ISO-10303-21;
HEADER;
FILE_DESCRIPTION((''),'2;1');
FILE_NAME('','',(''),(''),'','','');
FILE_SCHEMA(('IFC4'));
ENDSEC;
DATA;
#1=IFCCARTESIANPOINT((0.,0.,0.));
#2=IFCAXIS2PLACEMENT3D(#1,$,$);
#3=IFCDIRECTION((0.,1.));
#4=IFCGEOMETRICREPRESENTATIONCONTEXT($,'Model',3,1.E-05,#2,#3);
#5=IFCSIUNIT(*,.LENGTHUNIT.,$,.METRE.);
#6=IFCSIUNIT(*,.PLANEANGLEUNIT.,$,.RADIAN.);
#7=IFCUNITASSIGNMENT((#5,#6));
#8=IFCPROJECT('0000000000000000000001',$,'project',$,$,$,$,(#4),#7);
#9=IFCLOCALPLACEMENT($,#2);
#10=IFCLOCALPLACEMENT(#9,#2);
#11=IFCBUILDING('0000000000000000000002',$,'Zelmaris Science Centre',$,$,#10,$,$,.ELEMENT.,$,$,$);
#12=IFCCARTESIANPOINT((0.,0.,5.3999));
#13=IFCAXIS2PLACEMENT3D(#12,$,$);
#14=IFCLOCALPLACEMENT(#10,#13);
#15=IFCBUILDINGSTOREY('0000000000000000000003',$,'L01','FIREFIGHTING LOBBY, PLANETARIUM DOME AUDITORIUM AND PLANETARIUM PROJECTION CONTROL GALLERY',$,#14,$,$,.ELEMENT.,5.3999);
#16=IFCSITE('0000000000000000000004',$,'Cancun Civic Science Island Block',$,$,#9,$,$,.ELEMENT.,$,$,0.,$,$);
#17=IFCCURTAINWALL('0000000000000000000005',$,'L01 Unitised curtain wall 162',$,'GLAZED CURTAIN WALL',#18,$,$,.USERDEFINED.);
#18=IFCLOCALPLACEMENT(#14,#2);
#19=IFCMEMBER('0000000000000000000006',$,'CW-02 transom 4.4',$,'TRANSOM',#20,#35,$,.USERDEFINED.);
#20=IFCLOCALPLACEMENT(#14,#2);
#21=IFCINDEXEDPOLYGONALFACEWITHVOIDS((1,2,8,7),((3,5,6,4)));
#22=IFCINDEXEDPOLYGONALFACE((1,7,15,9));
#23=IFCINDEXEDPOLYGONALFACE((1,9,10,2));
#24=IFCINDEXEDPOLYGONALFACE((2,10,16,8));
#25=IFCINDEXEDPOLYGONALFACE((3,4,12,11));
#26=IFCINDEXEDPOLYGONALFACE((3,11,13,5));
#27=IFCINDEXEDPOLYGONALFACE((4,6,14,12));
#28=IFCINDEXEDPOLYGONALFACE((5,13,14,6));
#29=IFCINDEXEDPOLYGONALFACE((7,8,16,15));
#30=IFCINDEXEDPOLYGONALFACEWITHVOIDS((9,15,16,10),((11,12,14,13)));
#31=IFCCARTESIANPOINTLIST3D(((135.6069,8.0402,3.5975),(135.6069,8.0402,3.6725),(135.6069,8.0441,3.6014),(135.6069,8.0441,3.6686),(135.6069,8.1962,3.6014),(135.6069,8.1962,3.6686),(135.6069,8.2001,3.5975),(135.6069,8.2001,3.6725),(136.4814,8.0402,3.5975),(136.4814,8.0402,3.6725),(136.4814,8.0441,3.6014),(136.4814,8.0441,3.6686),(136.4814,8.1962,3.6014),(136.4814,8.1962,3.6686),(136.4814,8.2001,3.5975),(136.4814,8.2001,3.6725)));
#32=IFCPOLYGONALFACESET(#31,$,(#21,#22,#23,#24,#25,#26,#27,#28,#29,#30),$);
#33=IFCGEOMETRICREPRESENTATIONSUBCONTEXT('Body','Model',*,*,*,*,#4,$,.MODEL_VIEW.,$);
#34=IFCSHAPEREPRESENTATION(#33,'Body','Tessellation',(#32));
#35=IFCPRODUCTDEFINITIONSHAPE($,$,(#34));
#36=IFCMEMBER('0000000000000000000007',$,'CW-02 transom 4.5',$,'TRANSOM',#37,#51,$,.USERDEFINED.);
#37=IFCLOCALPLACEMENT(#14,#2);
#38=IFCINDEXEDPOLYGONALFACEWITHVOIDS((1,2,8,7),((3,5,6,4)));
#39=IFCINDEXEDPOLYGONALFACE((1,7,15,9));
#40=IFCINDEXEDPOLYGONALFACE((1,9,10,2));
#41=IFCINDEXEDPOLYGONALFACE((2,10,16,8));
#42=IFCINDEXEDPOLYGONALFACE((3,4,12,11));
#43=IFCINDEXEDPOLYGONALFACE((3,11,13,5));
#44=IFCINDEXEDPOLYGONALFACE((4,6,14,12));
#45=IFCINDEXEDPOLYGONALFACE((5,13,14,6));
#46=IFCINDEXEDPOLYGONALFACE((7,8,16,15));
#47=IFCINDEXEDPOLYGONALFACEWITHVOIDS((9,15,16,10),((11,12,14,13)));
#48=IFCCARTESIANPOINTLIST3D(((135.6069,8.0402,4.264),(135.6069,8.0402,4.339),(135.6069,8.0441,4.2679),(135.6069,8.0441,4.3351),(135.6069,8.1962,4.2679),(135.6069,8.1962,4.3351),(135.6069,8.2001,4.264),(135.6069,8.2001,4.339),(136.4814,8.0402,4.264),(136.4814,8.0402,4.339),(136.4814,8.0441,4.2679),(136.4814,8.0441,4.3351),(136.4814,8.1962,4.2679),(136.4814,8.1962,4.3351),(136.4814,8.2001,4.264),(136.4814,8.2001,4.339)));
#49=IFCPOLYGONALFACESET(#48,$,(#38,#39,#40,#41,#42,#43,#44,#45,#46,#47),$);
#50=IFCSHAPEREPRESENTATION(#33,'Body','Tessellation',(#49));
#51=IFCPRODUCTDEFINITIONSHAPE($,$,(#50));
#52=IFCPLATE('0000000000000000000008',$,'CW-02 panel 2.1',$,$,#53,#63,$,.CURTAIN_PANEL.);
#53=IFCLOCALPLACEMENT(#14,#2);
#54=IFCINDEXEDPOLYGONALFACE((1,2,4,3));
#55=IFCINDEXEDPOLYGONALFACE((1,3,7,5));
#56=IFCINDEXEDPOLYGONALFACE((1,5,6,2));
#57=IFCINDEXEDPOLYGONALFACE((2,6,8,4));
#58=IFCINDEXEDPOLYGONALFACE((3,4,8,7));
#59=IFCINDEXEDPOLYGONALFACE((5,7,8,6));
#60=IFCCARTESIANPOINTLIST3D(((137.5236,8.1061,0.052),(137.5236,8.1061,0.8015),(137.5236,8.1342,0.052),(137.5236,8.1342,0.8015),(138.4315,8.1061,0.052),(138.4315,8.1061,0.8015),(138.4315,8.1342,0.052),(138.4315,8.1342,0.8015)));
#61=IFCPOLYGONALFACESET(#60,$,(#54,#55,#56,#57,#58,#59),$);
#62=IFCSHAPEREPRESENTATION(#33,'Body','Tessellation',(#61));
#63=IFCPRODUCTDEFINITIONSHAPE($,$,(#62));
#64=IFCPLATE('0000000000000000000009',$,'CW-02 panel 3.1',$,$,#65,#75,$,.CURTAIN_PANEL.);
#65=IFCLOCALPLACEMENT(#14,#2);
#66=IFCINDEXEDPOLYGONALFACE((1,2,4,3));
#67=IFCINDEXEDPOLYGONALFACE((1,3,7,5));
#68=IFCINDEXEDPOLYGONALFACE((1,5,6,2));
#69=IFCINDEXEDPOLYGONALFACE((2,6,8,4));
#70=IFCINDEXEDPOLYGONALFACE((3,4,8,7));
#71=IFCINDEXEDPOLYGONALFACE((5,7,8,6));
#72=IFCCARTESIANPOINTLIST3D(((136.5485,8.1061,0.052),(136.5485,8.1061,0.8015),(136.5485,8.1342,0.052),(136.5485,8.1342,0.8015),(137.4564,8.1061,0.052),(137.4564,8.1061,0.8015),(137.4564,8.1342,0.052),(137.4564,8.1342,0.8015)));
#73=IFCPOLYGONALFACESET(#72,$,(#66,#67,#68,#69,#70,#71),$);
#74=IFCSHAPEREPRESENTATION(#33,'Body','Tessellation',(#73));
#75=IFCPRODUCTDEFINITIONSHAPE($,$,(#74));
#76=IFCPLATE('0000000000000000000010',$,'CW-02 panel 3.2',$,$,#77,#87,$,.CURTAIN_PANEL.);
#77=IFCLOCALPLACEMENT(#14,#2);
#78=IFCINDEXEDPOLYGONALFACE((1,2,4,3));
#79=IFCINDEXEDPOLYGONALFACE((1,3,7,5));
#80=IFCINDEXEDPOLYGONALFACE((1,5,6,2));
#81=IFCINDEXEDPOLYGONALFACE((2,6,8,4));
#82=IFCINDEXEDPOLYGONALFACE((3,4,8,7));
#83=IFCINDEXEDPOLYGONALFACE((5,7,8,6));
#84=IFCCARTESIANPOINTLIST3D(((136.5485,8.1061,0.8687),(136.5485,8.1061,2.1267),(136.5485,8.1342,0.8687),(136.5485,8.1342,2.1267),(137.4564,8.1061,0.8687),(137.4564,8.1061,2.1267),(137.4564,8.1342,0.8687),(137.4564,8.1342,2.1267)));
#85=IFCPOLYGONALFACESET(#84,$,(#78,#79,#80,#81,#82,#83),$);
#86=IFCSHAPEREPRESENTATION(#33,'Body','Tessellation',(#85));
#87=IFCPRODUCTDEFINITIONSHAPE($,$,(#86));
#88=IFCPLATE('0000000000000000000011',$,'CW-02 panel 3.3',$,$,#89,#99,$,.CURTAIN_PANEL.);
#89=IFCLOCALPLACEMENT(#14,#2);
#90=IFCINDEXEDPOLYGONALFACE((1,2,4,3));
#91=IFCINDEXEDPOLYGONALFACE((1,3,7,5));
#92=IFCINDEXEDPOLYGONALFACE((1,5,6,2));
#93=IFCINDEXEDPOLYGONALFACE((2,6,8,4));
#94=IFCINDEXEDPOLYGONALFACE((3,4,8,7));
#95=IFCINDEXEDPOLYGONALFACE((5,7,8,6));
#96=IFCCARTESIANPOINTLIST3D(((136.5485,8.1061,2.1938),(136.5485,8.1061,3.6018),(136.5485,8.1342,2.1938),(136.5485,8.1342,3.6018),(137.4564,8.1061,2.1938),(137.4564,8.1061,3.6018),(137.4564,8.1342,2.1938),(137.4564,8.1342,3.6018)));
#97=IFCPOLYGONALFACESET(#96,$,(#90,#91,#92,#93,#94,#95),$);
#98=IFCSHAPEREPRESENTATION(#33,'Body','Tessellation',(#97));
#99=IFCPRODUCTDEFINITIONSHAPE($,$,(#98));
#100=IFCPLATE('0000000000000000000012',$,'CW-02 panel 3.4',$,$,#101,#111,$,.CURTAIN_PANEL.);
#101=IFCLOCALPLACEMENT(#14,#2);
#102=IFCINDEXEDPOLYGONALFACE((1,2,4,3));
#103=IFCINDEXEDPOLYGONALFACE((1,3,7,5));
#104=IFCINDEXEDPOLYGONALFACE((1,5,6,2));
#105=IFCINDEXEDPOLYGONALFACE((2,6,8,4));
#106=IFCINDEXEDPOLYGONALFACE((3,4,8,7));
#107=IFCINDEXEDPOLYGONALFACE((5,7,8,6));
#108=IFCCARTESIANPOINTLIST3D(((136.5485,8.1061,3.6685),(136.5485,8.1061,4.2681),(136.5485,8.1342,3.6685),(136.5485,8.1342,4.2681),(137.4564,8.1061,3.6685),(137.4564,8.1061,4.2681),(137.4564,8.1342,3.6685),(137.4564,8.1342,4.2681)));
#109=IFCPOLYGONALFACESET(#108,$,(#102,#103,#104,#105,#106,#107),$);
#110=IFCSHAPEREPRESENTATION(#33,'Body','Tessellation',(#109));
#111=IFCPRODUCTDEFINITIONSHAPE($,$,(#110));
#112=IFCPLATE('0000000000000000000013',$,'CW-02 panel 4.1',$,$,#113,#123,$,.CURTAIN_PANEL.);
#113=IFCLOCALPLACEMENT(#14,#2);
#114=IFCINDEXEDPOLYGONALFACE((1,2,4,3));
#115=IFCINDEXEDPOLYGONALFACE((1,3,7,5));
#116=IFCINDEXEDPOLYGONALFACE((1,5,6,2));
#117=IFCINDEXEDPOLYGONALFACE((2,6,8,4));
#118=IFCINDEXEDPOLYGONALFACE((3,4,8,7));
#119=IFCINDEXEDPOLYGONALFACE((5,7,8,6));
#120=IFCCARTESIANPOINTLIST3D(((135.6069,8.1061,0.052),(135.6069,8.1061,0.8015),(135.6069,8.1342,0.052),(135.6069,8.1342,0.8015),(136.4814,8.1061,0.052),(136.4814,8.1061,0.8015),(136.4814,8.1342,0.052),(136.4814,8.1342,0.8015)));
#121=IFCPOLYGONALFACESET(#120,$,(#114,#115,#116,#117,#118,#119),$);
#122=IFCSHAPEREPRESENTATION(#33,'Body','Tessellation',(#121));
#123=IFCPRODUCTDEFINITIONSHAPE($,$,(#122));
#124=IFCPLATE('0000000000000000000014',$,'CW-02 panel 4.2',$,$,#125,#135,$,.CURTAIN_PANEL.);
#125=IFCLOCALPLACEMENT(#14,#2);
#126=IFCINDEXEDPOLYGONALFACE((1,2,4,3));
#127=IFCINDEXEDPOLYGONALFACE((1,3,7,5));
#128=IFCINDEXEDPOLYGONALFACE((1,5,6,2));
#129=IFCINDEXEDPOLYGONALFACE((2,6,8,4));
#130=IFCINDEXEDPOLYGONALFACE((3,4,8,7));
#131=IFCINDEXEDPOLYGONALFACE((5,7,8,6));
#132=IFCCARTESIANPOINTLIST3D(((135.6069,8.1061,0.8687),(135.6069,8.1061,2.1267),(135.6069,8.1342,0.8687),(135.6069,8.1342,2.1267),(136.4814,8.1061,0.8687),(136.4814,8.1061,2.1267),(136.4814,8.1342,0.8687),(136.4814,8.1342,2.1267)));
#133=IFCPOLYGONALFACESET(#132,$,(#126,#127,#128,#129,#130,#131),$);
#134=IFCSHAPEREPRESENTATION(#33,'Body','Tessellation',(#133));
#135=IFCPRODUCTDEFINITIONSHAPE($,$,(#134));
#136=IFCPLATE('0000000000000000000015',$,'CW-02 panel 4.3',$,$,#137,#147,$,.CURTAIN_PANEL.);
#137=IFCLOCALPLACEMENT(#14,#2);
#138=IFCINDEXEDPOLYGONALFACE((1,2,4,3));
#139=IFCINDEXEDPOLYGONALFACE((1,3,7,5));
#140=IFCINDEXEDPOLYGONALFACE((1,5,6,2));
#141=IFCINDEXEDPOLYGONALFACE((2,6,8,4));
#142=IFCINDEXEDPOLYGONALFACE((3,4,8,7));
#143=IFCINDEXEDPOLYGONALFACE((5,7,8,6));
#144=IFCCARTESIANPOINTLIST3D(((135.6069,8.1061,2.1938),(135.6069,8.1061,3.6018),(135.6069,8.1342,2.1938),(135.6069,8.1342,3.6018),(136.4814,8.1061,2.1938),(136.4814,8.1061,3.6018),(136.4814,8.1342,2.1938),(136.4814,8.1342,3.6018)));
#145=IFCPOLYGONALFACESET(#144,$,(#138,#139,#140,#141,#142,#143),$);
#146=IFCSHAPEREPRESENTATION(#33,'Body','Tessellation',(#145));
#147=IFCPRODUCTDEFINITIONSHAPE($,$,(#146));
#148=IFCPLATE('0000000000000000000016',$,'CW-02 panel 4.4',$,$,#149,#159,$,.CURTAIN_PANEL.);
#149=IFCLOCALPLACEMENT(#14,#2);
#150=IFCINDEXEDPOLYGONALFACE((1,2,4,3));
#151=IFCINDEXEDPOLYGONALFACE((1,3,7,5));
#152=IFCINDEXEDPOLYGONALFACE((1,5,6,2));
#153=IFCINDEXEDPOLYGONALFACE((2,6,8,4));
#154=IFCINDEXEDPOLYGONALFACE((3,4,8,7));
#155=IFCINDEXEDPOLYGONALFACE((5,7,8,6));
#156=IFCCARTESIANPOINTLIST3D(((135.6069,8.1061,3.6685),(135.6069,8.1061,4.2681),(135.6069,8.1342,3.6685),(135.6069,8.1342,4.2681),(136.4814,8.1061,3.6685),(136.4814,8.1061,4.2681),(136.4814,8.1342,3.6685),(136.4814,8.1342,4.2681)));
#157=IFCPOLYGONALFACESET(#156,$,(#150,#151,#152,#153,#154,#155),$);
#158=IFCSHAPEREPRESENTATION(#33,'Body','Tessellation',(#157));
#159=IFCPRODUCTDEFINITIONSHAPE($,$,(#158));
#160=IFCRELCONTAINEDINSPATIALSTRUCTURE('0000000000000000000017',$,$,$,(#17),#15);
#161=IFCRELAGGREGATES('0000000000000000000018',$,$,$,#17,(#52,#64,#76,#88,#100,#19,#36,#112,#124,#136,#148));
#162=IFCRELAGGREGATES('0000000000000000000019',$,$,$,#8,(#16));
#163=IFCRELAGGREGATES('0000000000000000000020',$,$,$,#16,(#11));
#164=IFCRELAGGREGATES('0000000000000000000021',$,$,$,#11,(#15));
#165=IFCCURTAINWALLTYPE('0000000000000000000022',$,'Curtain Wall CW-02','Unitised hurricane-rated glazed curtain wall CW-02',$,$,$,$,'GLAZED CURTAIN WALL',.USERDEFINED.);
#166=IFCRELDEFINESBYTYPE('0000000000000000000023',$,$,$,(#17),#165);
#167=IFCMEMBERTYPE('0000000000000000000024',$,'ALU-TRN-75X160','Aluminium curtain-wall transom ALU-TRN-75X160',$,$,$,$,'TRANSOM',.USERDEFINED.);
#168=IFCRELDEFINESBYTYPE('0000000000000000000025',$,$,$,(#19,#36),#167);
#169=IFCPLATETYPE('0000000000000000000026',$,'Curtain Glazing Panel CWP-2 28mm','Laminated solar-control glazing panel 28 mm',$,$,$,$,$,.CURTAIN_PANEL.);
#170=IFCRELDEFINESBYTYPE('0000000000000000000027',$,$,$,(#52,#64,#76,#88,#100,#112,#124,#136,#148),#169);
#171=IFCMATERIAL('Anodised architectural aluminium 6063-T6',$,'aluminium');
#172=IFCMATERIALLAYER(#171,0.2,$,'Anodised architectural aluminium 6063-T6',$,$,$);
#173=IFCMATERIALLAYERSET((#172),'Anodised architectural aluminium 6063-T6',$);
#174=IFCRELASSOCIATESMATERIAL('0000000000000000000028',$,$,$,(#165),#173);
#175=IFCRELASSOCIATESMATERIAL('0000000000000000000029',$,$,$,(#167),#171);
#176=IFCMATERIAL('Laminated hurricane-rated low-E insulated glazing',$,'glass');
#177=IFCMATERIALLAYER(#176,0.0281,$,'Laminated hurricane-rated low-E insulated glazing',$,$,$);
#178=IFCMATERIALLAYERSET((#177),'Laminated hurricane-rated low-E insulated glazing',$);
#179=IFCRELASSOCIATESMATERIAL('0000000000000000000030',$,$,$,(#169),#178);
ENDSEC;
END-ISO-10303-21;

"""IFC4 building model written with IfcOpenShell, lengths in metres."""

from ifc_helpers import new_model, si_unit, direction, frame, origin, origin_2d, place, context, subcontext, project, spatial, rectangle, hollow_rectangle, extrude, material, layer, layer_set, material_profile, profile_set, type_object, element, aggregate, save


model = new_model("IFC4")

# Units and contexts
model_context = context("Model", 3, precision=1e-05, world=origin(), true_north=direction((0.0, 1.0)))
body_context = subcontext(model_context, "Body", "Model", "MODEL_VIEW")
ifc_project = project(units=[si_unit("LENGTHUNIT", "METRE"), si_unit("PLANEANGLEUNIT", "RADIAN")], contexts=[model_context])

# Site, building, storey
site_placement = place(None, origin())
site = spatial("IfcSite", under=ifc_project, at=site_placement, Name="Cancun Civic Science Island Block", CompositionType="ELEMENT", RefElevation=0.0)
building_placement = place(site_placement, origin())
building = spatial("IfcBuilding", under=site, at=building_placement, Name="Zelmaris Science Centre", CompositionType="ELEMENT")
storey_placement = place(building_placement, frame((0.0, 0.0, 5.3999)))
storey = spatial("IfcBuildingStorey", under=building, at=storey_placement, Name="L01", Description="FIREFIGHTING LOBBY, PLANETARIUM DOME AUDITORIUM AND PLANETARIUM PROJECTION CONTROL GALLERY", CompositionType="ELEMENT", Elevation=5.3999)

# Curtain wall, members, plates
ifc_material_1 = material(Name="Anodised architectural aluminium 6063-T6", Category="aluminium")
ifc_layer_1 = layer(ifc_material_1, 0.2, Name="Anodised architectural aluminium 6063-T6")
ifc_layer_set_1 = layer_set([ifc_layer_1], Name="Anodised architectural aluminium 6063-T6")
curtain_wall_type = type_object("IfcCurtainWallType", Name="Curtain Wall CW-02", Description="Unitised hurricane-rated glazed curtain wall CW-02", ElementType="GLAZED CURTAIN WALL", PredefinedType="USERDEFINED", material=ifc_layer_set_1)
curtain_wall_placement = place(storey_placement, origin())
curtain_wall = element("IfcCurtainWall", 1, at=curtain_wall_placement, inside=storey, type_object=curtain_wall_type, Name="L01 Unitised curtain wall 162", ObjectType="GLAZED CURTAIN WALL", PredefinedType="USERDEFINED")
ifc_material_profile_1 = material_profile(ifc_material_1, hollow_rectangle(XDim=0.075, YDim=0.1599, WallThickness=0.0039, at=origin_2d()), Name="ALU-TRN-75X160")
ifc_profile_set_1 = profile_set([ifc_material_profile_1], Name="Anodised architectural aluminium 6063-T6")
member_type_1 = type_object("IfcMemberType", Name="ALU-TRN-75X160", Description="Aluminium curtain-wall transom ALU-TRN-75X160", ElementType="TRANSOM", PredefinedType="USERDEFINED", material=ifc_profile_set_1)
member_1_placement = place(storey_placement, frame((136.4814, 8.1201, 3.635), z_axis=(-1.0, 0.0, 0.0), x_axis=(0.0, 0.0, 1.0)))
member_1 = element("IfcMember", 2, at=member_1_placement, type_object=member_type_1, Name="CW-02 transom 4.4", ObjectType="TRANSOM", PredefinedType="USERDEFINED", context=body_context, shape_type="SweptSolid", body=[
    extrude(hollow_rectangle(XDim=0.075, YDim=0.1599, WallThickness=0.0039, at=origin_2d()), origin(), (0.0, 0.0, 1.0), 0.8745),
])
member_2_placement = place(storey_placement, frame((136.4814, 8.1201, 4.3015), z_axis=(-1.0, 0.0, 0.0), x_axis=(0.0, 0.0, 1.0)))
member_2 = element("IfcMember", 3, at=member_2_placement, type_object=member_type_1, Name="CW-02 transom 4.5", ObjectType="TRANSOM", PredefinedType="USERDEFINED", context=body_context, shape_type="SweptSolid", body=[
    extrude(hollow_rectangle(XDim=0.075, YDim=0.1599, WallThickness=0.0039, at=origin_2d()), origin(), (0.0, 0.0, 1.0), 0.8745),
])
ifc_material_2 = material(Name="Laminated hurricane-rated low-E insulated glazing", Category="glass")
ifc_layer_2 = layer(ifc_material_2, 0.0281, Name="Laminated hurricane-rated low-E insulated glazing")
ifc_layer_set_2 = layer_set([ifc_layer_2], Name="Laminated hurricane-rated low-E insulated glazing")
plate_type = type_object("IfcPlateType", Name="Curtain Glazing Panel CWP-2 28mm", Description="Laminated solar-control glazing panel 28 mm", PredefinedType="CURTAIN_PANEL", material=ifc_layer_set_2)
plate_1_placement = place(storey_placement, frame((137.9775, 8.1201, 0.052), z_axis=(0.0, 0.0, 1.0), x_axis=(-1.0, 0.0, 0.0)))
plate_1 = element("IfcPlate", 4, at=plate_1_placement, type_object=plate_type, Name="CW-02 panel 2.1", PredefinedType="CURTAIN_PANEL", context=body_context, shape_type="SweptSolid", body=[
    extrude(rectangle(XDim=0.908, YDim=0.0281, at=origin_2d()), origin(), (0.0, 0.0, 1.0), 0.7495),
])
plate_2_placement = place(storey_placement, frame((137.0024, 8.1201, 0.052), z_axis=(0.0, 0.0, 1.0), x_axis=(-1.0, 0.0, 0.0)))
plate_2 = element("IfcPlate", 5, at=plate_2_placement, type_object=plate_type, Name="CW-02 panel 3.1", PredefinedType="CURTAIN_PANEL", context=body_context, shape_type="SweptSolid", body=[
    extrude(rectangle(XDim=0.908, YDim=0.0281, at=origin_2d()), origin(), (0.0, 0.0, 1.0), 0.7495),
])
plate_3_placement = place(storey_placement, frame((137.0024, 8.1201, 0.8687), z_axis=(0.0, 0.0, 1.0), x_axis=(-1.0, 0.0, 0.0)))
plate_3 = element("IfcPlate", 6, at=plate_3_placement, type_object=plate_type, Name="CW-02 panel 3.2", PredefinedType="CURTAIN_PANEL", context=body_context, shape_type="SweptSolid", body=[
    extrude(rectangle(XDim=0.908, YDim=0.0281, at=origin_2d()), origin(), (0.0, 0.0, 1.0), 1.2581),
])
plate_4_placement = place(storey_placement, frame((137.0024, 8.1201, 2.1938), z_axis=(0.0, 0.0, 1.0), x_axis=(-1.0, 0.0, 0.0)))
plate_4 = element("IfcPlate", 7, at=plate_4_placement, type_object=plate_type, Name="CW-02 panel 3.3", PredefinedType="CURTAIN_PANEL", context=body_context, shape_type="SweptSolid", body=[
    extrude(rectangle(XDim=0.908, YDim=0.0281, at=origin_2d()), origin(), (0.0, 0.0, 1.0), 1.408),
])
plate_5_placement = place(storey_placement, frame((137.0024, 8.1201, 3.6685), z_axis=(0.0, 0.0, 1.0), x_axis=(-1.0, 0.0, 0.0)))
plate_5 = element("IfcPlate", 8, at=plate_5_placement, type_object=plate_type, Name="CW-02 panel 3.4", PredefinedType="CURTAIN_PANEL", context=body_context, shape_type="SweptSolid", body=[
    extrude(rectangle(XDim=0.908, YDim=0.0281, at=origin_2d()), origin(), (0.0, 0.0, 1.0), 0.5996),
])
plate_6_placement = place(storey_placement, frame((136.0442, 8.1201, 0.052), z_axis=(0.0, 0.0, 1.0), x_axis=(-1.0, 0.0, 0.0)))
plate_6 = element("IfcPlate", 9, at=plate_6_placement, type_object=plate_type, Name="CW-02 panel 4.1", PredefinedType="CURTAIN_PANEL", context=body_context, shape_type="SweptSolid", body=[
    extrude(rectangle(XDim=0.8745, YDim=0.0281, at=origin_2d()), origin(), (0.0, 0.0, 1.0), 0.7495),
])
plate_7_placement = place(storey_placement, frame((136.0442, 8.1201, 0.8687), z_axis=(0.0, 0.0, 1.0), x_axis=(-1.0, 0.0, 0.0)))
plate_7 = element("IfcPlate", 10, at=plate_7_placement, type_object=plate_type, Name="CW-02 panel 4.2", PredefinedType="CURTAIN_PANEL", context=body_context, shape_type="SweptSolid", body=[
    extrude(rectangle(XDim=0.8745, YDim=0.0281, at=origin_2d()), origin(), (0.0, 0.0, 1.0), 1.2581),
])
plate_8_placement = place(storey_placement, frame((136.0442, 8.1201, 2.1938), z_axis=(0.0, 0.0, 1.0), x_axis=(-1.0, 0.0, 0.0)))
plate_8 = element("IfcPlate", 11, at=plate_8_placement, type_object=plate_type, Name="CW-02 panel 4.3", PredefinedType="CURTAIN_PANEL", context=body_context, shape_type="SweptSolid", body=[
    extrude(rectangle(XDim=0.8745, YDim=0.0281, at=origin_2d()), origin(), (0.0, 0.0, 1.0), 1.408),
])
plate_9_placement = place(storey_placement, frame((136.0442, 8.1201, 3.6685), z_axis=(0.0, 0.0, 1.0), x_axis=(-1.0, 0.0, 0.0)))
plate_9 = element("IfcPlate", 12, at=plate_9_placement, type_object=plate_type, Name="CW-02 panel 4.4", PredefinedType="CURTAIN_PANEL", context=body_context, shape_type="SweptSolid", body=[
    extrude(rectangle(XDim=0.8745, YDim=0.0281, at=origin_2d()), origin(), (0.0, 0.0, 1.0), 0.5996),
])
aggregate(curtain_wall, [plate_1, plate_2, plate_3, plate_4, plate_5, member_1, member_2, plate_6, plate_7, plate_8, plate_9])

save(model, "model.ifc")
